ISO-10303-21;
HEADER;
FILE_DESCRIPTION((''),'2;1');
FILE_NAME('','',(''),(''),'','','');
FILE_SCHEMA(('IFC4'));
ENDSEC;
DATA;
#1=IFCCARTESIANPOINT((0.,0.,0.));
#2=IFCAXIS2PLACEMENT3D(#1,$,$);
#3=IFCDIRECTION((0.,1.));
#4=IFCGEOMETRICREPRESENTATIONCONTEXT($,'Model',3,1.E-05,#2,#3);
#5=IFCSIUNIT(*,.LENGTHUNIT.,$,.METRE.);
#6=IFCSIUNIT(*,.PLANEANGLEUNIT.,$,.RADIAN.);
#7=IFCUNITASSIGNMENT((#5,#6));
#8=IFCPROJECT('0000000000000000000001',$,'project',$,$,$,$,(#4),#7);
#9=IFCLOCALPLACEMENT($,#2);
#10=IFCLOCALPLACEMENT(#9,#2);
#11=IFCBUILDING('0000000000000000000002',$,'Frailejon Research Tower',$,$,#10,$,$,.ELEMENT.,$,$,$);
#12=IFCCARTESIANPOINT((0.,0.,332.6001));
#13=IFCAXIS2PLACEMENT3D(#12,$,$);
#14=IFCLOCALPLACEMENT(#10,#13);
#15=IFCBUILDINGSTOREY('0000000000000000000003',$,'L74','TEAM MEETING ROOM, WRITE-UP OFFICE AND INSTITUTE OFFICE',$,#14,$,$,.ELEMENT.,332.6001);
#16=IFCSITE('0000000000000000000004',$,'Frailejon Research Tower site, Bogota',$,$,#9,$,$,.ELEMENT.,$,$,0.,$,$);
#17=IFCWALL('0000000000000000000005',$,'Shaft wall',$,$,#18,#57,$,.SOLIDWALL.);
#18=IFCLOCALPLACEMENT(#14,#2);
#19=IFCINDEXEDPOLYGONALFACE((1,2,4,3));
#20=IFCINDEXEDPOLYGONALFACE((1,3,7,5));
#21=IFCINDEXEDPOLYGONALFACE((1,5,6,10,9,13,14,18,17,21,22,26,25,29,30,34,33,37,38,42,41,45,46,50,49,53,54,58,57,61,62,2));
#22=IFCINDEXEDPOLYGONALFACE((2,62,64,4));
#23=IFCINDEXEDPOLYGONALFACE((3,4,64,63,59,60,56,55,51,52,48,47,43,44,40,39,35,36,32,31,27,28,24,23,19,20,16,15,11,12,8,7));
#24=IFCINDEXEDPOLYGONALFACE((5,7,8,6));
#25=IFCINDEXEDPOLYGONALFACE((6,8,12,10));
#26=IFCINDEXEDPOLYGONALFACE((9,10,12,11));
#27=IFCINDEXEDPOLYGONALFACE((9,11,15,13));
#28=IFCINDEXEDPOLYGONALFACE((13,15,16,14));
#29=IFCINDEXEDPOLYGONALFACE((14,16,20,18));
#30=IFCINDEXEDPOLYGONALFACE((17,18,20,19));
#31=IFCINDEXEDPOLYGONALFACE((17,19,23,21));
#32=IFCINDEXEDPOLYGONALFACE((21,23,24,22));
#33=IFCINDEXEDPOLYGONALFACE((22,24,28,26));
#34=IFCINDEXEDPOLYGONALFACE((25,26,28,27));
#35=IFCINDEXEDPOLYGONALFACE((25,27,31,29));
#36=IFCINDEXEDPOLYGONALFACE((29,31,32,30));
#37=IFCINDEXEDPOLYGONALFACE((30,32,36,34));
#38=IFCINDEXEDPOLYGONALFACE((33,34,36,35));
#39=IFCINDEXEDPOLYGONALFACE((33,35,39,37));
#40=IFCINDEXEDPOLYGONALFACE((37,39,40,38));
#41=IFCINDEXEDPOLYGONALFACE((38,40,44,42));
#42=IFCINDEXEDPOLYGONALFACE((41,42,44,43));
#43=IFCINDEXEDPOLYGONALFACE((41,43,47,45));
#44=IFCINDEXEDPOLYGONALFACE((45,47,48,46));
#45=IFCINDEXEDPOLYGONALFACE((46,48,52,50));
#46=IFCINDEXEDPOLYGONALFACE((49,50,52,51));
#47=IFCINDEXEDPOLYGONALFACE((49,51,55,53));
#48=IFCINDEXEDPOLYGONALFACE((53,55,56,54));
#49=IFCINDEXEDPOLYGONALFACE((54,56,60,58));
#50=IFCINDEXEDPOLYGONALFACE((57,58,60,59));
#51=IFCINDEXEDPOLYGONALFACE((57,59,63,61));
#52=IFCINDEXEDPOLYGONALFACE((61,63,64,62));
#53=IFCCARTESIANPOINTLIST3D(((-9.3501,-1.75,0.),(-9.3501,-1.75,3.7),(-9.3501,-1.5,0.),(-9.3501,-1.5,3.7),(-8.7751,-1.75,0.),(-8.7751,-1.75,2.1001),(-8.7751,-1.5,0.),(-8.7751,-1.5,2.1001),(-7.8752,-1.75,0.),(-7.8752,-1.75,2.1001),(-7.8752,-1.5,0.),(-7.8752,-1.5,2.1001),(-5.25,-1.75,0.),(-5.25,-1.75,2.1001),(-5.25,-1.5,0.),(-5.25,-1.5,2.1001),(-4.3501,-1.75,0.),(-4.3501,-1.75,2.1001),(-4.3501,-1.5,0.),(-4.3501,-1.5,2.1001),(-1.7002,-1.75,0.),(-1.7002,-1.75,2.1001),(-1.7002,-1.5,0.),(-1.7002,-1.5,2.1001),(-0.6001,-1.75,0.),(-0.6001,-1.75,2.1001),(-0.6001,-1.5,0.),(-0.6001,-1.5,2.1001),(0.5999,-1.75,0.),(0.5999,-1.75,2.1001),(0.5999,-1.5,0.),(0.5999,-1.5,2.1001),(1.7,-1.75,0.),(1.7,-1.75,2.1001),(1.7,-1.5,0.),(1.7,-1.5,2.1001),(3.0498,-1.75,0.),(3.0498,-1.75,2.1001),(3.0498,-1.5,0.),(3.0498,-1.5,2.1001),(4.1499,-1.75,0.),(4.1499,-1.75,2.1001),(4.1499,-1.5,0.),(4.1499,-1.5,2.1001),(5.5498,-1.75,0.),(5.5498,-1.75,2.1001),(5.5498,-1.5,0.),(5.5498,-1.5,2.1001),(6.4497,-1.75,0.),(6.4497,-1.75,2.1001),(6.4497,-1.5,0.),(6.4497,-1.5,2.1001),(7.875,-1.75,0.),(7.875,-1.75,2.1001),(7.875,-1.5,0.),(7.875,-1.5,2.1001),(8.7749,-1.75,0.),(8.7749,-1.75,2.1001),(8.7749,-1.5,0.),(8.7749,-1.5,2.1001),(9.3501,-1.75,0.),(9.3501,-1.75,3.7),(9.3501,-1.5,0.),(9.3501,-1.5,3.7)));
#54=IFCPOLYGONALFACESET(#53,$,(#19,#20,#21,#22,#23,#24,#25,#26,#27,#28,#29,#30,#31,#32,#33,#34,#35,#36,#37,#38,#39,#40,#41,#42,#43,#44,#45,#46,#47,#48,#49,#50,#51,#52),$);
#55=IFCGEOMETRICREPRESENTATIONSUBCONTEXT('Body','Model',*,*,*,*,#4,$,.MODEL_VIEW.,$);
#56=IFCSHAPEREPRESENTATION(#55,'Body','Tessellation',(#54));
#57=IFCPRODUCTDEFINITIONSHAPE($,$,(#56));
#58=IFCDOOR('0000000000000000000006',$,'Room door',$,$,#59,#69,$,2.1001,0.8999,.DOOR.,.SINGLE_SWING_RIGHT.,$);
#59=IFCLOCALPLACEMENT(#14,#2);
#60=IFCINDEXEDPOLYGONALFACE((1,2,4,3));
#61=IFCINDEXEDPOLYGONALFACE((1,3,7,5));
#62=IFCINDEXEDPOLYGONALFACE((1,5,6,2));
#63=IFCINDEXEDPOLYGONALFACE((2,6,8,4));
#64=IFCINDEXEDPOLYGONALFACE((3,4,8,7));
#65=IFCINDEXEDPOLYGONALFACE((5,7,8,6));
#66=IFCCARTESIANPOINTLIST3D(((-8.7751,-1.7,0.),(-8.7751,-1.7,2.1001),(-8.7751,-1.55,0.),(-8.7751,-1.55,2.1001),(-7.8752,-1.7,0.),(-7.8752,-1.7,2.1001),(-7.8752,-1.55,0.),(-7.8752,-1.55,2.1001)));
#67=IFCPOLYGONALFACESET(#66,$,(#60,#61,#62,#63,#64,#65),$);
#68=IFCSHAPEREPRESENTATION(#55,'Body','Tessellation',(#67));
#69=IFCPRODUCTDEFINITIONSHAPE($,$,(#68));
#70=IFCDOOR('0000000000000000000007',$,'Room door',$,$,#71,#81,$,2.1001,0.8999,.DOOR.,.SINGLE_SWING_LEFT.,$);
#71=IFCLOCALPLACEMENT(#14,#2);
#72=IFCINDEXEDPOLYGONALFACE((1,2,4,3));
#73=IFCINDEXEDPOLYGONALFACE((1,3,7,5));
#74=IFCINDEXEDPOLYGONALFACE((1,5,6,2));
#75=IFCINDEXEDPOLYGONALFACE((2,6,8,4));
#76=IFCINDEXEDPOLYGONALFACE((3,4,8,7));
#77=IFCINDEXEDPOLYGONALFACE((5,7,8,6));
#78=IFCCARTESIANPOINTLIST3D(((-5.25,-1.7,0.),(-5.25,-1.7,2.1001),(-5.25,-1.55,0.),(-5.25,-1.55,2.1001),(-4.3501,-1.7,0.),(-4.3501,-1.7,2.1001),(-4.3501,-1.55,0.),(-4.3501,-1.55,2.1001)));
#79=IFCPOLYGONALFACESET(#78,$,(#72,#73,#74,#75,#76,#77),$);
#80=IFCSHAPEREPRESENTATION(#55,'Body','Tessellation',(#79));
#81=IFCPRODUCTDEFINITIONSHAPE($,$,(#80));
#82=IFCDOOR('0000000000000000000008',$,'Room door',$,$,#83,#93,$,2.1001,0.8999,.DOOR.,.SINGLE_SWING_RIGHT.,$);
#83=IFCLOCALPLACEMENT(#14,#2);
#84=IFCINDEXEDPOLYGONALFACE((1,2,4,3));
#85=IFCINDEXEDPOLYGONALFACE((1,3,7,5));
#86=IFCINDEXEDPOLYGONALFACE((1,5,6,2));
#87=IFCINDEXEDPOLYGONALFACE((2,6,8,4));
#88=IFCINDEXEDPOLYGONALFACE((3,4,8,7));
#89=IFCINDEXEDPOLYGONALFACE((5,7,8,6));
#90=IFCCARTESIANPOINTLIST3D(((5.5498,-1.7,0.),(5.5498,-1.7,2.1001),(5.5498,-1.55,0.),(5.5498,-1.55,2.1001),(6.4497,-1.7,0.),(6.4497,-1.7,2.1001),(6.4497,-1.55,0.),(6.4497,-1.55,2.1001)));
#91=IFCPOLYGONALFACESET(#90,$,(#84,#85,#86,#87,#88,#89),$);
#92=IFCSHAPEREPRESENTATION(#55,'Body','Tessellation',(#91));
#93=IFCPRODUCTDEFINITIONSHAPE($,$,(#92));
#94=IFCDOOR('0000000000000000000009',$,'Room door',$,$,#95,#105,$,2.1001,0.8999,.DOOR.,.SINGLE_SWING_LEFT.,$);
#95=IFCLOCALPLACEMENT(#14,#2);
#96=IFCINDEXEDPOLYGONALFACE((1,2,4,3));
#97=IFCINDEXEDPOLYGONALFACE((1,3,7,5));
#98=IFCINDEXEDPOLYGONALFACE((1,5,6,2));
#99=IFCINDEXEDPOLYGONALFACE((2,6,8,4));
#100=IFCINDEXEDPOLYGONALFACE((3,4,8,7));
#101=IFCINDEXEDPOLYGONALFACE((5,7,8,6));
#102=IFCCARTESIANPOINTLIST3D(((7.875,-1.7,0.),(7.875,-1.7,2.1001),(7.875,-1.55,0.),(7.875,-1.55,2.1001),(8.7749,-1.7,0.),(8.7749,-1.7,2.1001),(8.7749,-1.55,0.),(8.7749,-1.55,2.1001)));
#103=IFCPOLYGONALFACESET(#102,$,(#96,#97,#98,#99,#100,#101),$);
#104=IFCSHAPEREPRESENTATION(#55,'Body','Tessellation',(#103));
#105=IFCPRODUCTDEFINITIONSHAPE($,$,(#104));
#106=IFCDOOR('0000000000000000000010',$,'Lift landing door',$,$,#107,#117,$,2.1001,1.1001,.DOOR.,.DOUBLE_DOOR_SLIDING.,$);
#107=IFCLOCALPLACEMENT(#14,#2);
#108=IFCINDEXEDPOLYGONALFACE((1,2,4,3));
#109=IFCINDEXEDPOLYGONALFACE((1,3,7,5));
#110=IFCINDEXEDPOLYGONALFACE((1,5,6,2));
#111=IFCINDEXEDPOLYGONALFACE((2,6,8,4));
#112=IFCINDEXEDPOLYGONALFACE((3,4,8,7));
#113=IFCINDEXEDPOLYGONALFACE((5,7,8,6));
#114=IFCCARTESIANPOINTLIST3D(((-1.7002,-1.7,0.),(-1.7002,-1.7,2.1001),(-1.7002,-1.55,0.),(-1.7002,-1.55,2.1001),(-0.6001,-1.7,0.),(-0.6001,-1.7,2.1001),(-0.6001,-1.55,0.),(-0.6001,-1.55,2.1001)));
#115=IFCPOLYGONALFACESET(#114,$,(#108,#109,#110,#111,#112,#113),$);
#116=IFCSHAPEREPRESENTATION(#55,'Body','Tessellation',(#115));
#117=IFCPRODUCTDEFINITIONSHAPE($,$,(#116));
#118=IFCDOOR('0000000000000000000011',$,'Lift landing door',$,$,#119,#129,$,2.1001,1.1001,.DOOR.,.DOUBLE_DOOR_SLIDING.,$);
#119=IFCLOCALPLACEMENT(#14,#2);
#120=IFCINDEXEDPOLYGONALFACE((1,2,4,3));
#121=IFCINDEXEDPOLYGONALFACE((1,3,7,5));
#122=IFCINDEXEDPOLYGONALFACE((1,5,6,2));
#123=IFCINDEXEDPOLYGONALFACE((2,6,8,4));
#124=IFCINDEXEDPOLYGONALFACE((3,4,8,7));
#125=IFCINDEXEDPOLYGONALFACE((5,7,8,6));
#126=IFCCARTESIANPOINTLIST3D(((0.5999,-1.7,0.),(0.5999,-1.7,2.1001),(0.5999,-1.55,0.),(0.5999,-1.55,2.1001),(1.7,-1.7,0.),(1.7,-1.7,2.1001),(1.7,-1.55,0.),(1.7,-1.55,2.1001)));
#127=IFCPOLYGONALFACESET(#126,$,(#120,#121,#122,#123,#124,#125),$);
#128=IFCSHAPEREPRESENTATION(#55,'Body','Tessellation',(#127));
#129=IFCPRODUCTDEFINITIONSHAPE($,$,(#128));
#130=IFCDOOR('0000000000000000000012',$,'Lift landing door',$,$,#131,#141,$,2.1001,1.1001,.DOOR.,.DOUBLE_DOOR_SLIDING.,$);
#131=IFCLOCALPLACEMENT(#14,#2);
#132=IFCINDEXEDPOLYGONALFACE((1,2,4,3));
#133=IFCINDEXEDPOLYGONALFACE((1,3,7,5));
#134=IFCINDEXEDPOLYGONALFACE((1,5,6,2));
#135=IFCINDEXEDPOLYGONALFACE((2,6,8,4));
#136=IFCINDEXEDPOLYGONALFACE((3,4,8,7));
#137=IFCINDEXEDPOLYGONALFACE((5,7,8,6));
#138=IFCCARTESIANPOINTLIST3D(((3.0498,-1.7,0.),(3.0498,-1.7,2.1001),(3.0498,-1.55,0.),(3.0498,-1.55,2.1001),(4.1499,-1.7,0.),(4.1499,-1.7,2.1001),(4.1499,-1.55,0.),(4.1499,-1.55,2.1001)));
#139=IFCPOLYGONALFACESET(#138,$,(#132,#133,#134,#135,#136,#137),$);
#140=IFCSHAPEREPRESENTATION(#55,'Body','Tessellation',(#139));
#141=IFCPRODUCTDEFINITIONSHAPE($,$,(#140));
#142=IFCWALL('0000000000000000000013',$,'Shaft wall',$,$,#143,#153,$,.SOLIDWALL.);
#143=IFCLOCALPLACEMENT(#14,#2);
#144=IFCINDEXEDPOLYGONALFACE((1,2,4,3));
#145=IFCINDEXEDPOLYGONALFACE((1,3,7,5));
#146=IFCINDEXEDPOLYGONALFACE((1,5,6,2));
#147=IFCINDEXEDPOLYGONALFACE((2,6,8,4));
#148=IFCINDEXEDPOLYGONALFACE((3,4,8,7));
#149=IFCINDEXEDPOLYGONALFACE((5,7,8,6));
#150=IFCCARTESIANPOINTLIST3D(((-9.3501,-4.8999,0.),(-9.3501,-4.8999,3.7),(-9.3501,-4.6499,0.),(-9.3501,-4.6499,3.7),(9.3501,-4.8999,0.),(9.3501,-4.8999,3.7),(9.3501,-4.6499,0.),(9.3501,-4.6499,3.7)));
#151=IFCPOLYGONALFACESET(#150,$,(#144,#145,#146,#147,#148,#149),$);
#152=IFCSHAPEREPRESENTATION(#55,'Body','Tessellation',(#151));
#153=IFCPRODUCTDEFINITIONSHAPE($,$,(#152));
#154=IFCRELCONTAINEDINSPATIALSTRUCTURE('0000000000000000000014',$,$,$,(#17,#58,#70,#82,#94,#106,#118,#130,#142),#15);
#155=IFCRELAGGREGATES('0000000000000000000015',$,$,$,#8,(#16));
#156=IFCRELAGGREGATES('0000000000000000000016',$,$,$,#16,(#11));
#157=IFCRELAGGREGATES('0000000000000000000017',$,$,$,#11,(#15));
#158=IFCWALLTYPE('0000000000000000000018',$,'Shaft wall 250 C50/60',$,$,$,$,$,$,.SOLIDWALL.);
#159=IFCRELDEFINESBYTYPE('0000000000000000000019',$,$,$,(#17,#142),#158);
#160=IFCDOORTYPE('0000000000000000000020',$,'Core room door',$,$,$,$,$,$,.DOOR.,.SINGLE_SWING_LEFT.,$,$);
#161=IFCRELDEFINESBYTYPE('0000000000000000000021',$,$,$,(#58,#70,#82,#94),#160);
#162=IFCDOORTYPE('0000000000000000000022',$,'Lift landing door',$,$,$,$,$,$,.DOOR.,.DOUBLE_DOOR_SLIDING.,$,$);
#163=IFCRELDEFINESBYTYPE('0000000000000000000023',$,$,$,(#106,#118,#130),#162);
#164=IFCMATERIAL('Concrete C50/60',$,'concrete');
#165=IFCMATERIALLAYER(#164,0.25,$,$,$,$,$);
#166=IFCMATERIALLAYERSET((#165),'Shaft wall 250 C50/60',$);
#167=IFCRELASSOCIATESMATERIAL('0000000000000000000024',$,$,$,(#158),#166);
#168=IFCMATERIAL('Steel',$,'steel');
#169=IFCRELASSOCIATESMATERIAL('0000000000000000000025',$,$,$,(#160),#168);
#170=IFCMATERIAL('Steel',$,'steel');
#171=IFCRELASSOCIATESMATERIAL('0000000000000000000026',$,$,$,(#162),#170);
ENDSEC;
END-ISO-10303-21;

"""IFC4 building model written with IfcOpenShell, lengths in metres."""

from ifc_helpers import new_model, si_unit, direction, frame, frame_2d, origin, place, context, subcontext, project, spatial, rectangle, extrude, material, layer, layer_set, type_object, element, fill, save


model = new_model("IFC4")

# Units and contexts
model_context = context("Model", 3, precision=1e-05, world=origin(), true_north=direction((0.0, 1.0)))
body_context = subcontext(model_context, "Body", "Model", "MODEL_VIEW")
ifc_project = project(units=[si_unit("LENGTHUNIT", "METRE"), si_unit("PLANEANGLEUNIT", "RADIAN")], contexts=[model_context])

# Site, building, storey
site_placement = place(None, origin())
site = spatial("IfcSite", under=ifc_project, at=site_placement, Name="Frailejon Research Tower site, Bogota", CompositionType="ELEMENT", RefElevation=0.0)
building_placement = place(site_placement, origin())
building = spatial("IfcBuilding", under=site, at=building_placement, Name="Frailejon Research Tower", CompositionType="ELEMENT")
storey_placement = place(building_placement, frame((0.0, 0.0, 332.6001)))
storey = spatial("IfcBuildingStorey", under=building, at=storey_placement, Name="L74", Description="TEAM MEETING ROOM, WRITE-UP OFFICE AND INSTITUTE OFFICE", CompositionType="ELEMENT", Elevation=332.6001)

# Wall, openings, doors
ifc_material_1 = material(Name="Concrete C50/60", Category="concrete")
ifc_layer_1 = layer(ifc_material_1, 0.25)
ifc_layer_set_1 = layer_set([ifc_layer_1], Name="Shaft wall 250 C50/60")
wall_type_1 = type_object("IfcWallType", Name="Shaft wall 250 C50/60", PredefinedType="SOLIDWALL", material=ifc_layer_set_1)
wall_1_placement = place(storey_placement, frame((-9.3501, -1.625, 0.0), z_axis=(0.0, 0.0, 1.0), x_axis=(1.0, 0.0, 0.0)))
wall_1 = element("IfcWall", 1, at=wall_1_placement, inside=storey, type_object=wall_type_1, Name="Shaft wall", PredefinedType="SOLIDWALL", context=body_context, shape_type="SweptSolid", body=[
    extrude(rectangle(XDim=18.7002, YDim=0.25, at=frame_2d((9.3501, 0.0))), origin(), (0.0, 0.0, 1.0), 3.7),
])
opening_1_placement = place(wall_1_placement, frame((7.6499, 0.0, 0.0)))
opening_1 = element("IfcOpeningElement", 2, at=opening_1_placement, cuts=wall_1, PredefinedType="OPENING", context=body_context, shape_type="SweptSolid", body=[
    extrude(rectangle(XDim=1.1001, YDim=2.1001, at=frame_2d((0.55, 1.05))), frame((0.0, 0.135, 0.0), z_axis=(0.0, -1.0, 0.0), x_axis=(1.0, 0.0, 0.0)), (0.0, 0.0, 1.0), 0.27),
])
opening_2_placement = place(wall_1_placement, frame((9.95, 0.0, 0.0)))
opening_2 = element("IfcOpeningElement", 3, at=opening_2_placement, cuts=wall_1, PredefinedType="OPENING", context=body_context, shape_type="SweptSolid", body=[
    extrude(rectangle(XDim=1.1001, YDim=2.1001, at=frame_2d((0.55, 1.05))), frame((0.0, 0.135, 0.0), z_axis=(0.0, -1.0, 0.0), x_axis=(1.0, 0.0, 0.0)), (0.0, 0.0, 1.0), 0.27),
])
opening_3_placement = place(wall_1_placement, frame((12.3999, 0.0, 0.0)))
opening_3 = element("IfcOpeningElement", 4, at=opening_3_placement, cuts=wall_1, PredefinedType="OPENING", context=body_context, shape_type="SweptSolid", body=[
    extrude(rectangle(XDim=1.1001, YDim=2.1001, at=frame_2d((0.55, 1.05))), frame((0.0, 0.135, 0.0), z_axis=(0.0, -1.0, 0.0), x_axis=(1.0, 0.0, 0.0)), (0.0, 0.0, 1.0), 0.27),
])
opening_4_placement = place(wall_1_placement, frame((0.575, 0.0, 0.0)))
opening_4 = element("IfcOpeningElement", 5, at=opening_4_placement, cuts=wall_1, PredefinedType="OPENING", context=body_context, shape_type="SweptSolid", body=[
    extrude(rectangle(XDim=0.8999, YDim=2.1001, at=frame_2d((0.45, 1.05))), frame((0.0, 0.135, 0.0), z_axis=(0.0, -1.0, 0.0), x_axis=(1.0, 0.0, 0.0)), (0.0, 0.0, 1.0), 0.27),
])
opening_5_placement = place(wall_1_placement, frame((4.1001, 0.0, 0.0)))
opening_5 = element("IfcOpeningElement", 6, at=opening_5_placement, cuts=wall_1, PredefinedType="OPENING", context=body_context, shape_type="SweptSolid", body=[
    extrude(rectangle(XDim=0.8999, YDim=2.1001, at=frame_2d((0.45, 1.05))), frame((0.0, 0.135, 0.0), z_axis=(0.0, -1.0, 0.0), x_axis=(1.0, 0.0, 0.0)), (0.0, 0.0, 1.0), 0.27),
])
opening_6_placement = place(wall_1_placement, frame((14.8999, 0.0, 0.0)))
opening_6 = element("IfcOpeningElement", 7, at=opening_6_placement, cuts=wall_1, PredefinedType="OPENING", context=body_context, shape_type="SweptSolid", body=[
    extrude(rectangle(XDim=0.8999, YDim=2.1001, at=frame_2d((0.45, 1.05))), frame((0.0, 0.135, 0.0), z_axis=(0.0, -1.0, 0.0), x_axis=(1.0, 0.0, 0.0)), (0.0, 0.0, 1.0), 0.27),
])
opening_7_placement = place(wall_1_placement, frame((17.2251, 0.0, 0.0)))
opening_7 = element("IfcOpeningElement", 8, at=opening_7_placement, cuts=wall_1, PredefinedType="OPENING", context=body_context, shape_type="SweptSolid", body=[
    extrude(rectangle(XDim=0.8999, YDim=2.1001, at=frame_2d((0.45, 1.05))), frame((0.0, 0.135, 0.0), z_axis=(0.0, -1.0, 0.0), x_axis=(1.0, 0.0, 0.0)), (0.0, 0.0, 1.0), 0.27),
])
ifc_material_2 = material(Name="Steel", Category="steel")
door_type_1 = type_object("IfcDoorType", Name="Core room door", OperationType="SINGLE_SWING_LEFT", PredefinedType="DOOR", material=ifc_material_2)
door_1_placement = place(opening_4_placement, origin())
door_1 = element("IfcDoor", 9, at=door_1_placement, inside=storey, type_object=door_type_1, Name="Room door", OperationType="SINGLE_SWING_RIGHT", OverallHeight=2.1001, OverallWidth=0.8999, PredefinedType="DOOR", context=body_context, shape_type="SweptSolid", body=[
    extrude(rectangle(XDim=0.8999, YDim=2.1001, at=frame_2d((0.45, 1.05))), frame((0.0, 0.075, 0.0), z_axis=(0.0, -1.0, 0.0), x_axis=(1.0, 0.0, 0.0)), (0.0, 0.0, 1.0), 0.1499),
])
fill(opening_4, door_1)
door_2_placement = place(opening_5_placement, origin())
door_2 = element("IfcDoor", 10, at=door_2_placement, inside=storey, type_object=door_type_1, Name="Room door", OperationType="SINGLE_SWING_LEFT", OverallHeight=2.1001, OverallWidth=0.8999, PredefinedType="DOOR", context=body_context, shape_type="SweptSolid", body=[
    extrude(rectangle(XDim=0.8999, YDim=2.1001, at=frame_2d((0.45, 1.05))), frame((0.0, 0.075, 0.0), z_axis=(0.0, -1.0, 0.0), x_axis=(1.0, 0.0, 0.0)), (0.0, 0.0, 1.0), 0.1499),
])
fill(opening_5, door_2)
door_3_placement = place(opening_6_placement, origin())
door_3 = element("IfcDoor", 11, at=door_3_placement, inside=storey, type_object=door_type_1, Name="Room door", OperationType="SINGLE_SWING_RIGHT", OverallHeight=2.1001, OverallWidth=0.8999, PredefinedType="DOOR", context=body_context, shape_type="SweptSolid", body=[
    extrude(rectangle(XDim=0.8999, YDim=2.1001, at=frame_2d((0.45, 1.05))), frame((0.0, 0.075, 0.0), z_axis=(0.0, -1.0, 0.0), x_axis=(1.0, 0.0, 0.0)), (0.0, 0.0, 1.0), 0.1499),
])
fill(opening_6, door_3)
door_4_placement = place(opening_7_placement, origin())
door_4 = element("IfcDoor", 12, at=door_4_placement, inside=storey, type_object=door_type_1, Name="Room door", OperationType="SINGLE_SWING_LEFT", OverallHeight=2.1001, OverallWidth=0.8999, PredefinedType="DOOR", context=body_context, shape_type="SweptSolid", body=[
    extrude(rectangle(XDim=0.8999, YDim=2.1001, at=frame_2d((0.45, 1.05))), frame((0.0, 0.075, 0.0), z_axis=(0.0, -1.0, 0.0), x_axis=(1.0, 0.0, 0.0)), (0.0, 0.0, 1.0), 0.1499),
])
fill(opening_7, door_4)
ifc_material_3 = material(Name="Steel", Category="steel")
door_type_2 = type_object("IfcDoorType", Name="Lift landing door", OperationType="DOUBLE_DOOR_SLIDING", PredefinedType="DOOR", material=ifc_material_3)
door_5_placement = place(opening_1_placement, origin())
door_5 = element("IfcDoor", 13, at=door_5_placement, inside=storey, type_object=door_type_2, Name="Lift landing door", OperationType="DOUBLE_DOOR_SLIDING", OverallHeight=2.1001, OverallWidth=1.1001, PredefinedType="DOOR", context=body_context, shape_type="SweptSolid", body=[
    extrude(rectangle(XDim=1.1001, YDim=2.1001, at=frame_2d((0.55, 1.05))), frame((0.0, 0.075, 0.0), z_axis=(0.0, -1.0, 0.0), x_axis=(1.0, 0.0, 0.0)), (0.0, 0.0, 1.0), 0.1499),
])
fill(opening_1, door_5)
door_6_placement = place(opening_2_placement, origin())
door_6 = element("IfcDoor", 14, at=door_6_placement, inside=storey, type_object=door_type_2, Name="Lift landing door", OperationType="DOUBLE_DOOR_SLIDING", OverallHeight=2.1001, OverallWidth=1.1001, PredefinedType="DOOR", context=body_context, shape_type="SweptSolid", body=[
    extrude(rectangle(XDim=1.1001, YDim=2.1001, at=frame_2d((0.55, 1.05))), frame((0.0, 0.075, 0.0), z_axis=(0.0, -1.0, 0.0), x_axis=(1.0, 0.0, 0.0)), (0.0, 0.0, 1.0), 0.1499),
])
fill(opening_2, door_6)
door_7_placement = place(opening_3_placement, origin())
door_7 = element("IfcDoor", 15, at=door_7_placement, inside=storey, type_object=door_type_2, Name="Lift landing door", OperationType="DOUBLE_DOOR_SLIDING", OverallHeight=2.1001, OverallWidth=1.1001, PredefinedType="DOOR", context=body_context, shape_type="SweptSolid", body=[
    extrude(rectangle(XDim=1.1001, YDim=2.1001, at=frame_2d((0.55, 1.05))), frame((0.0, 0.075, 0.0), z_axis=(0.0, -1.0, 0.0), x_axis=(1.0, 0.0, 0.0)), (0.0, 0.0, 1.0), 0.1499),
])
fill(opening_3, door_7)

# Wall
wall_2_placement = place(storey_placement, frame((-9.3501, -4.7749, 0.0), z_axis=(0.0, 0.0, 1.0), x_axis=(1.0, 0.0, 0.0)))
element("IfcWall", 16, at=wall_2_placement, inside=storey, type_object=wall_type_1, Name="Shaft wall", PredefinedType="SOLIDWALL", context=body_context, shape_type="SweptSolid", body=[
    extrude(rectangle(XDim=18.7002, YDim=0.25, at=frame_2d((9.3501, 0.0))), origin(), (0.0, 0.0, 1.0), 3.7),
])

save(model, "model.ifc")
